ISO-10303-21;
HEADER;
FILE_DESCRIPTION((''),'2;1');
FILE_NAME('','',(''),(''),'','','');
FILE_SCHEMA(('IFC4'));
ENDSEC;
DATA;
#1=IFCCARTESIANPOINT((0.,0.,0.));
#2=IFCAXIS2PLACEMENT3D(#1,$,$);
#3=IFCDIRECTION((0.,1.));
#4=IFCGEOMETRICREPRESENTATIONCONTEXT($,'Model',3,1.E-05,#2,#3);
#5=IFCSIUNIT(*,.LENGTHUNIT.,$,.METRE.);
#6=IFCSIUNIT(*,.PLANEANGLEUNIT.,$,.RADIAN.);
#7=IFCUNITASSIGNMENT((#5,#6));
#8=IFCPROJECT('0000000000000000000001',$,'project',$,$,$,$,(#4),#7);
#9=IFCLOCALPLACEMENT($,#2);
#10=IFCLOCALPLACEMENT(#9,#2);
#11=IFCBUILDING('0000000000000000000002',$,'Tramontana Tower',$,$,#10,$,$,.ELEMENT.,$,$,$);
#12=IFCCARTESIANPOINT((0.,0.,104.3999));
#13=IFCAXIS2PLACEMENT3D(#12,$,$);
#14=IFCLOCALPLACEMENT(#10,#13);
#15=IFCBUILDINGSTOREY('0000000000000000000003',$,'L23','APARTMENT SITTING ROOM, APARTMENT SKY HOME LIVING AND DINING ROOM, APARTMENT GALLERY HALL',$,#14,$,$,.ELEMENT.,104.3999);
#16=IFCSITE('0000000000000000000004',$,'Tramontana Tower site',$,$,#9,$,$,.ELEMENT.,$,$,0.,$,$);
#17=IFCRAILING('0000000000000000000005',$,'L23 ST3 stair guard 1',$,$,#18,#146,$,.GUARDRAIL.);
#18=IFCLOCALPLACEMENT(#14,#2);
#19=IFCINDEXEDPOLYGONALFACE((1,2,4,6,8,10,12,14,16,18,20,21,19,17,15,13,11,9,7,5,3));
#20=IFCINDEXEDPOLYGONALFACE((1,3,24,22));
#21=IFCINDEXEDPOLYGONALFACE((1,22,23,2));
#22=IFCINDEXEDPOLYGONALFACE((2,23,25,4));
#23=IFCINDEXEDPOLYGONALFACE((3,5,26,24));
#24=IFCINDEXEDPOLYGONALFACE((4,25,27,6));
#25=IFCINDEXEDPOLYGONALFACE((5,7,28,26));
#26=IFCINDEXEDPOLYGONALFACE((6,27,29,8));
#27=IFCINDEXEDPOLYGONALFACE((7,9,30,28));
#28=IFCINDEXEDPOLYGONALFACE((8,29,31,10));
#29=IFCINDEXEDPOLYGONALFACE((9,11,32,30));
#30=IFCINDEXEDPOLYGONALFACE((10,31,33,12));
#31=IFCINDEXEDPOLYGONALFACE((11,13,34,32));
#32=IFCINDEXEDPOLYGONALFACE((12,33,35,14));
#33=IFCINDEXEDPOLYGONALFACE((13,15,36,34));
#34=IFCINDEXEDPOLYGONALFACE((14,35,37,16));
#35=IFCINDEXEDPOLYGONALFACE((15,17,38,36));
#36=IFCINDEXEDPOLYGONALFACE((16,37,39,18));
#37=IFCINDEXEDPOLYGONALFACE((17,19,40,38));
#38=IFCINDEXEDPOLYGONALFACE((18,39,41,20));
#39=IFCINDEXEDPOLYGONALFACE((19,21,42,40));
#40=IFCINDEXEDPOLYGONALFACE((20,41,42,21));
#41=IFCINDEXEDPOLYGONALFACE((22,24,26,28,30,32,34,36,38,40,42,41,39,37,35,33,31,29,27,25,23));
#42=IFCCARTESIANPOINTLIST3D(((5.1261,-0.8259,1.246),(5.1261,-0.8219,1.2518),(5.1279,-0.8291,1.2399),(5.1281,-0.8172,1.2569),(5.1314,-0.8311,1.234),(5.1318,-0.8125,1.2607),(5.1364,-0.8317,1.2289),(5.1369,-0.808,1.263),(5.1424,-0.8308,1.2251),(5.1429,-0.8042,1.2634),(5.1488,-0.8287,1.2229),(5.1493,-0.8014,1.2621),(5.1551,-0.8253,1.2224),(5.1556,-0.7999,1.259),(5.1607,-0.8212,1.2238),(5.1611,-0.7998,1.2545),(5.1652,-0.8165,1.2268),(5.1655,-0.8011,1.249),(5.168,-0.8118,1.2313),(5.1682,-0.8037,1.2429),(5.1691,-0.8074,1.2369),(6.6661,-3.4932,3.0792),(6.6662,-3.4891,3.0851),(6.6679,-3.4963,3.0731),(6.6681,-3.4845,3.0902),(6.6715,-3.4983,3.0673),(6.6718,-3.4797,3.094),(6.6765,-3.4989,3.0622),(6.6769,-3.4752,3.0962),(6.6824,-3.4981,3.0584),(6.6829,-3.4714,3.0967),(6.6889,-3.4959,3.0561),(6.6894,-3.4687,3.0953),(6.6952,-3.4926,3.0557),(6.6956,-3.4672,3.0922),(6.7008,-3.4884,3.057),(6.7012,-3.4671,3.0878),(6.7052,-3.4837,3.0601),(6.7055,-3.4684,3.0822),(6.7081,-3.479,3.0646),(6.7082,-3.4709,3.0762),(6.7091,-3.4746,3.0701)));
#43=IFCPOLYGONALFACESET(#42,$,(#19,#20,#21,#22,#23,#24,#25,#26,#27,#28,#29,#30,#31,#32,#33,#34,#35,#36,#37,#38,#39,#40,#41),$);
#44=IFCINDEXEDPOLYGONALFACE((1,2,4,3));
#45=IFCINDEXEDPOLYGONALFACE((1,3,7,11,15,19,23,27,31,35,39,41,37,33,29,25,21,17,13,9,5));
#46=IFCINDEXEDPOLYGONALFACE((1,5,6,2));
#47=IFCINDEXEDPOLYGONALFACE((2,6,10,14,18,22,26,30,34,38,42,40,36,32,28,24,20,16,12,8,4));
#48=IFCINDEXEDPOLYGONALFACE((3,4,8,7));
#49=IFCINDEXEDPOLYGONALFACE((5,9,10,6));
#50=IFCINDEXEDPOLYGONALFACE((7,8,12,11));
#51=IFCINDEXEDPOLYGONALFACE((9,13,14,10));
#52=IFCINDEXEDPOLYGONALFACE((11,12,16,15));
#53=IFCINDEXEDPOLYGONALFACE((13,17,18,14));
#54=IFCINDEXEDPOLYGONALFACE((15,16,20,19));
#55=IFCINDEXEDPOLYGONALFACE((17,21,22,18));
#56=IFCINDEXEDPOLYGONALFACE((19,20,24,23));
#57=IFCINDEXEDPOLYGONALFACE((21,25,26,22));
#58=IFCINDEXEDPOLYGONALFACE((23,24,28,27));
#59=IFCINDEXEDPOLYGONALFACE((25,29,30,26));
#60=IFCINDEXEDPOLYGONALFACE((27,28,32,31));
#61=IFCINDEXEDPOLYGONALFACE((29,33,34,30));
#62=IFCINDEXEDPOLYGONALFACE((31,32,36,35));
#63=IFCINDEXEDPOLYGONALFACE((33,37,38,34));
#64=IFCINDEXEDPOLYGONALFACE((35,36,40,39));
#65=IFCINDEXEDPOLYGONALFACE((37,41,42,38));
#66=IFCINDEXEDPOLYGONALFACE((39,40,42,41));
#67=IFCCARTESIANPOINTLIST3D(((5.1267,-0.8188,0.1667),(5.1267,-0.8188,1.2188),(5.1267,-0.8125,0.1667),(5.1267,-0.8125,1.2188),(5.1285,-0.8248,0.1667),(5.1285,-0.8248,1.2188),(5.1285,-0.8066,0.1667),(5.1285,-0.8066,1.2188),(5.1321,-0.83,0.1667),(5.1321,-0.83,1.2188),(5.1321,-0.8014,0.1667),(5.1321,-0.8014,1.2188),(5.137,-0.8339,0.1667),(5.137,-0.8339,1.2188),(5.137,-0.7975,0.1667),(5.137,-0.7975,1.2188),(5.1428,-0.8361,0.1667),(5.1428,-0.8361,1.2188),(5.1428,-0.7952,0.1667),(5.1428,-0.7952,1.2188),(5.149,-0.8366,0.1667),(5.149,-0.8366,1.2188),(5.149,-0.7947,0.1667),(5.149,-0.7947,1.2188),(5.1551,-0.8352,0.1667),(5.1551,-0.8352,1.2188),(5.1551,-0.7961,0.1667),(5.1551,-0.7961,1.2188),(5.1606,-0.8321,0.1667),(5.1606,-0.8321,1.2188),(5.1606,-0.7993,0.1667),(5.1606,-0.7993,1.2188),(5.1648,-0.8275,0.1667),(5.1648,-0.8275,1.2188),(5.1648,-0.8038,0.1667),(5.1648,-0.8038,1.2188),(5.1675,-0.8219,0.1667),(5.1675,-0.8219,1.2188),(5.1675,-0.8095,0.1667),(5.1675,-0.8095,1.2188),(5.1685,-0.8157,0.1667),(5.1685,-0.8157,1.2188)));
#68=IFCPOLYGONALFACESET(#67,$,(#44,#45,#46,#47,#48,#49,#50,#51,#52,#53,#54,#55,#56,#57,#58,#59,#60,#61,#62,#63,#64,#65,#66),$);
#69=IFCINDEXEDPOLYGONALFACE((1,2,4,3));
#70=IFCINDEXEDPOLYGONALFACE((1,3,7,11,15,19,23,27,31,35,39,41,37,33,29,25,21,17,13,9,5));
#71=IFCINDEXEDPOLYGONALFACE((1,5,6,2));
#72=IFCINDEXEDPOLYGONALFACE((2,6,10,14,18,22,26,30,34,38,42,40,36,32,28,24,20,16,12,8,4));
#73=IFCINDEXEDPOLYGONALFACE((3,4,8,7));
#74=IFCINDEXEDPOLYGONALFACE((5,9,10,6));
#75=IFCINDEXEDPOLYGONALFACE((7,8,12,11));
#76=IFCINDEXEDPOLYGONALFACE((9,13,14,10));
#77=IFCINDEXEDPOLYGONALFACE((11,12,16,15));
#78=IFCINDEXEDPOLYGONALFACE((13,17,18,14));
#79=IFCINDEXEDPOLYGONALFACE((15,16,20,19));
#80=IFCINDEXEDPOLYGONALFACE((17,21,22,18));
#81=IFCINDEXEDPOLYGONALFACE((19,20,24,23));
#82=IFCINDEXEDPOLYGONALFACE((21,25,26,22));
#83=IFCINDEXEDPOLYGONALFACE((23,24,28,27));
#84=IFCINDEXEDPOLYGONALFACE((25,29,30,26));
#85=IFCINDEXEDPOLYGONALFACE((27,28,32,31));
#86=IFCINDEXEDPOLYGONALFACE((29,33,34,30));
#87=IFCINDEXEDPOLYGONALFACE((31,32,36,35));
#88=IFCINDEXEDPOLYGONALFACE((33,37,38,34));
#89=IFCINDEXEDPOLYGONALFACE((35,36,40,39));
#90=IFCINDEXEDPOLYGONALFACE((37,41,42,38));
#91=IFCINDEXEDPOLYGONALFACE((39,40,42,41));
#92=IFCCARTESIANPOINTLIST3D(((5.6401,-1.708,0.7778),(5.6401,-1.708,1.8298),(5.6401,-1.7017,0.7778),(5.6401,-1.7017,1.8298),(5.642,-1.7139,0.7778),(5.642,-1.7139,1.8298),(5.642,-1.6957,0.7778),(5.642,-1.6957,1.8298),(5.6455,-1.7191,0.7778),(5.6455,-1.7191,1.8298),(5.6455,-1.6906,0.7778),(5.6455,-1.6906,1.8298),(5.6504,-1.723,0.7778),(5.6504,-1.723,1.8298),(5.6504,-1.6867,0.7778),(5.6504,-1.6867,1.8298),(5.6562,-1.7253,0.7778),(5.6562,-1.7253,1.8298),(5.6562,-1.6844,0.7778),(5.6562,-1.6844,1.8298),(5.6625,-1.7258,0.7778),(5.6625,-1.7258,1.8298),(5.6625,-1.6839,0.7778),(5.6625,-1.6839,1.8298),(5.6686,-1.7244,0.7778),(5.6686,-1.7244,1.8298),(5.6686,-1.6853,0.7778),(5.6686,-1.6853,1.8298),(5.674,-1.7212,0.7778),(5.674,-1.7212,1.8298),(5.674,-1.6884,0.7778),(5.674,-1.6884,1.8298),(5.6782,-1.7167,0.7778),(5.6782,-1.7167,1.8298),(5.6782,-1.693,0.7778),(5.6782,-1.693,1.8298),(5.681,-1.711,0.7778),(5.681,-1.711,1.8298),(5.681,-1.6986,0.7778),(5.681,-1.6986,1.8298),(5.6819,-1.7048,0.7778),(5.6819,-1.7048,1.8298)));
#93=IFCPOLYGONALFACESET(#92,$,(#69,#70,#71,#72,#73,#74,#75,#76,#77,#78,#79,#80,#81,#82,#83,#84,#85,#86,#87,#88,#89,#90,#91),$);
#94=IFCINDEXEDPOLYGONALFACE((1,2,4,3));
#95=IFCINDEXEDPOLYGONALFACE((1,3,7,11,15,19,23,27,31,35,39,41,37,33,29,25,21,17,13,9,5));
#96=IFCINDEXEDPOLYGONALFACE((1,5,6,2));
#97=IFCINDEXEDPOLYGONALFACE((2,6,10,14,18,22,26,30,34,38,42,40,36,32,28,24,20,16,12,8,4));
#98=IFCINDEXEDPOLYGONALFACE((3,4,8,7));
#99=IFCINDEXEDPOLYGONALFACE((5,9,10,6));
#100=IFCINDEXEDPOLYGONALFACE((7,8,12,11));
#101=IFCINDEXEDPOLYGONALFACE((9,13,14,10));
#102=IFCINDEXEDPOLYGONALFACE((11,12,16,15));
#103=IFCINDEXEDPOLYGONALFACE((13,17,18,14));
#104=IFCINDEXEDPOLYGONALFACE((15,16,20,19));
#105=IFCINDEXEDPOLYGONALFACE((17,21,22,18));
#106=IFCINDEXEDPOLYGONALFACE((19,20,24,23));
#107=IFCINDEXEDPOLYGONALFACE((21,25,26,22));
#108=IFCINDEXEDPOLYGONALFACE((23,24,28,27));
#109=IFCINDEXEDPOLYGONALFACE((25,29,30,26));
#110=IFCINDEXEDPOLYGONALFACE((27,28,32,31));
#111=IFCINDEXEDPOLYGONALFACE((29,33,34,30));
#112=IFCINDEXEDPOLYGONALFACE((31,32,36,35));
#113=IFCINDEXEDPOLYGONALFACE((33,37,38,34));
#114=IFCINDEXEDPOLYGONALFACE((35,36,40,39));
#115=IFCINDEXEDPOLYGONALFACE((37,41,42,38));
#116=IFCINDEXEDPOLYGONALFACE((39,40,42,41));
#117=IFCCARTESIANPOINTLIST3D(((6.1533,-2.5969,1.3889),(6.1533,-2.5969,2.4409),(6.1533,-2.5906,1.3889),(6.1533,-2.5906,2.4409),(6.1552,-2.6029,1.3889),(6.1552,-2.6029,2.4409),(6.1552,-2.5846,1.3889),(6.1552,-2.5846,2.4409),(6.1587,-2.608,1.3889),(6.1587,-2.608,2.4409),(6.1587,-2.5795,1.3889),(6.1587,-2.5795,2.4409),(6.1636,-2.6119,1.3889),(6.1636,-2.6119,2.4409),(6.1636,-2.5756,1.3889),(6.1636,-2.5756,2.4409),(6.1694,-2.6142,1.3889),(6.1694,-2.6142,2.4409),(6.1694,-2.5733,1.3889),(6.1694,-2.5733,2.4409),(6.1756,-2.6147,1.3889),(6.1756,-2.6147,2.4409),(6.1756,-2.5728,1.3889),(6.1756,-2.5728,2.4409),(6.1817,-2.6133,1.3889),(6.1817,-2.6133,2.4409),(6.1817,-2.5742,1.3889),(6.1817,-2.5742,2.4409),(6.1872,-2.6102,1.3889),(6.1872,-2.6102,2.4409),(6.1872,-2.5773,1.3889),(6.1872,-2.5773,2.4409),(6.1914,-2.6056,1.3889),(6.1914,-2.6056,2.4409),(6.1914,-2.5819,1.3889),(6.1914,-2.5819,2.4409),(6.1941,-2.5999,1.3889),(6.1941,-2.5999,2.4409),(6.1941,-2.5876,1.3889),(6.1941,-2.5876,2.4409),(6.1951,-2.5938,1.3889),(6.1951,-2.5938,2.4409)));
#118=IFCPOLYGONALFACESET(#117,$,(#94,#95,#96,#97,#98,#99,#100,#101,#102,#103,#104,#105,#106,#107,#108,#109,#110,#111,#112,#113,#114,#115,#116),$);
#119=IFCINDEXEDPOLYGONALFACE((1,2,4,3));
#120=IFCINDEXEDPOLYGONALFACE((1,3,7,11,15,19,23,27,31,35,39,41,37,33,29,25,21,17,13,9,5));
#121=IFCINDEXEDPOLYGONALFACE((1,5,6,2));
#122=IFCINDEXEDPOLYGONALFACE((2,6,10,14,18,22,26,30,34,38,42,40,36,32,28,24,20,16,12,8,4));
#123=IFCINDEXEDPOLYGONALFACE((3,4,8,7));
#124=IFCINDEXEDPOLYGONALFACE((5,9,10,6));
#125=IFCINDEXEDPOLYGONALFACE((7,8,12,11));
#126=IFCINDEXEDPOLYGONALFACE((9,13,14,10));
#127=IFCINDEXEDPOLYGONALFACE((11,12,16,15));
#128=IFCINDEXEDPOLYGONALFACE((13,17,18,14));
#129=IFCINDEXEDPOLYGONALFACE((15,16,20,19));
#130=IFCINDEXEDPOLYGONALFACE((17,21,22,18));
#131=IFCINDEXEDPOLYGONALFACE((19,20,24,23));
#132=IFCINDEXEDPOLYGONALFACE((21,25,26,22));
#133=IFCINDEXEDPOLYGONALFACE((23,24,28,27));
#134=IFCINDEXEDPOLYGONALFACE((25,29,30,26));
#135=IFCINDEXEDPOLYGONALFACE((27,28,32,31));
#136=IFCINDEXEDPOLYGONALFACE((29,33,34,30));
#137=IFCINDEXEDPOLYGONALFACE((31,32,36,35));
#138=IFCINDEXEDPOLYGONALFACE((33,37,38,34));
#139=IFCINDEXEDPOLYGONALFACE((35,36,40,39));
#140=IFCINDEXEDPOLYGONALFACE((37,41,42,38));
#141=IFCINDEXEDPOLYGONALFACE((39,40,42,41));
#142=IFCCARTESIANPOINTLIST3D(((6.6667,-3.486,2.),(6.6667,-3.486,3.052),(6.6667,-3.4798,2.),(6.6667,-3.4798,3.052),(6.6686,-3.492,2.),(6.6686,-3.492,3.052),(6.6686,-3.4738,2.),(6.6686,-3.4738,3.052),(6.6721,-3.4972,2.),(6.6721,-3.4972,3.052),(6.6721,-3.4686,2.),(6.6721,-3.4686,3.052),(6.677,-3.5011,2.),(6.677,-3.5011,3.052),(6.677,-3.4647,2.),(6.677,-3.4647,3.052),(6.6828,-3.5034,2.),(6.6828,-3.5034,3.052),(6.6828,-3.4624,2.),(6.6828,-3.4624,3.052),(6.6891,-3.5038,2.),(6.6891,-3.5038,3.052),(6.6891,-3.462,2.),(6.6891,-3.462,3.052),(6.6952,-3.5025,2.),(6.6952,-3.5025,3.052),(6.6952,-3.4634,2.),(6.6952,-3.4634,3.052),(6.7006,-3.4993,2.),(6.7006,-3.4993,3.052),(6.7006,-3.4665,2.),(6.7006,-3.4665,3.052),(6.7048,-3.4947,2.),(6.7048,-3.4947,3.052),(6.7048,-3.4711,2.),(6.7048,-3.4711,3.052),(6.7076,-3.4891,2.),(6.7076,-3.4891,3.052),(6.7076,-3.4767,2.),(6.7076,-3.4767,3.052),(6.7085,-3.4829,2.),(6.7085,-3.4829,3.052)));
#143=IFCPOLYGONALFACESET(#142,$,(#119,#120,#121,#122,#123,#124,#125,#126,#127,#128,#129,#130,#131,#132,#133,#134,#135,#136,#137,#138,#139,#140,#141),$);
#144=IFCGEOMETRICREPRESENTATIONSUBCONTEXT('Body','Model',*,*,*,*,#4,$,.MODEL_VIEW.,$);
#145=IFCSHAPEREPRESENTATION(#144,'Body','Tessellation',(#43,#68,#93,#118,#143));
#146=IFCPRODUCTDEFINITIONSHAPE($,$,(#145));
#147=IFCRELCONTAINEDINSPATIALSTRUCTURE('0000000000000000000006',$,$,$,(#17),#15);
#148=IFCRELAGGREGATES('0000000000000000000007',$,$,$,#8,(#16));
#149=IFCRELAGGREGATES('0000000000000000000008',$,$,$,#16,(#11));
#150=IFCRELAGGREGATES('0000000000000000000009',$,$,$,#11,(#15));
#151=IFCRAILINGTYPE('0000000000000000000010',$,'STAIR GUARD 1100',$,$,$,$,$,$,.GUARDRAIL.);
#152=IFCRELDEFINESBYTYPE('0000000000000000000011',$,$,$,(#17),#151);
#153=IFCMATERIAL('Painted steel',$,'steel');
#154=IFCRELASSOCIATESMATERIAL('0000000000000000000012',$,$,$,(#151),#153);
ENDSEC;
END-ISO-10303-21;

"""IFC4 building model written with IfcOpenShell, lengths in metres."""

from ifc_helpers import new_model, si_unit, direction, frame, origin, origin_2d, place, context, subcontext, project, spatial, circle, extrude, material, type_object, element, save


model = new_model("IFC4")

# Units and contexts
model_context = context("Model", 3, precision=1e-05, world=origin(), true_north=direction((0.0, 1.0)))
body_context = subcontext(model_context, "Body", "Model", "MODEL_VIEW")
ifc_project = project(units=[si_unit("LENGTHUNIT", "METRE"), si_unit("PLANEANGLEUNIT", "RADIAN")], contexts=[model_context])

# Site, building, storey
site_placement = place(None, origin())
site = spatial("IfcSite", under=ifc_project, at=site_placement, Name="Tramontana Tower site", CompositionType="ELEMENT", RefElevation=0.0)
building_placement = place(site_placement, origin())
building = spatial("IfcBuilding", under=site, at=building_placement, Name="Tramontana Tower", CompositionType="ELEMENT")
storey_placement = place(building_placement, frame((0.0, 0.0, 104.3999)))
storey = spatial("IfcBuildingStorey", under=building, at=storey_placement, Name="L23", Description="APARTMENT SITTING ROOM, APARTMENT SKY HOME LIVING AND DINING ROOM, APARTMENT GALLERY HALL", CompositionType="ELEMENT", Elevation=104.3999)

# Railing
ifc_material_1 = material(Name="Painted steel", Category="steel")
railing_type_1 = type_object("IfcRailingType", Name="STAIR GUARD 1100", PredefinedType="GUARDRAIL", material=ifc_material_1)
railing_1_placement = place(storey_placement, frame((5.1475, -0.8157, 0.1667)))
element("IfcRailing", 1, at=railing_1_placement, inside=storey, type_object=railing_type_1, Name="L23 ST3 stair guard 1", PredefinedType="GUARDRAIL", context=body_context, shape_type="SweptSolid", body=[
    extrude(circle(Radius=0.0239, at=origin_2d()), frame((0.0, 0.0, 1.0762), z_axis=(0.429671, -0.744159, 0.511478), x_axis=(0.86601, 0.500027, 0.0)), (0.0, 0.0, 1.0), 3.5842),
    extrude(circle(Radius=0.021, at=origin_2d()), origin(), (0.0, 0.0, 1.0), 1.052),
    extrude(circle(Radius=0.021, at=origin_2d()), frame((0.5134, -0.8892, 0.6111)), (0.0, 0.0, 1.0), 1.052),
    extrude(circle(Radius=0.021, at=origin_2d()), frame((1.0266, -1.7781, 1.2222)), (0.0, 0.0, 1.0), 1.052),
    extrude(circle(Radius=0.021, at=origin_2d()), frame((1.54, -2.6672, 1.8333)), (0.0, 0.0, 1.0), 1.052),
])

save(model, "model.ifc")
